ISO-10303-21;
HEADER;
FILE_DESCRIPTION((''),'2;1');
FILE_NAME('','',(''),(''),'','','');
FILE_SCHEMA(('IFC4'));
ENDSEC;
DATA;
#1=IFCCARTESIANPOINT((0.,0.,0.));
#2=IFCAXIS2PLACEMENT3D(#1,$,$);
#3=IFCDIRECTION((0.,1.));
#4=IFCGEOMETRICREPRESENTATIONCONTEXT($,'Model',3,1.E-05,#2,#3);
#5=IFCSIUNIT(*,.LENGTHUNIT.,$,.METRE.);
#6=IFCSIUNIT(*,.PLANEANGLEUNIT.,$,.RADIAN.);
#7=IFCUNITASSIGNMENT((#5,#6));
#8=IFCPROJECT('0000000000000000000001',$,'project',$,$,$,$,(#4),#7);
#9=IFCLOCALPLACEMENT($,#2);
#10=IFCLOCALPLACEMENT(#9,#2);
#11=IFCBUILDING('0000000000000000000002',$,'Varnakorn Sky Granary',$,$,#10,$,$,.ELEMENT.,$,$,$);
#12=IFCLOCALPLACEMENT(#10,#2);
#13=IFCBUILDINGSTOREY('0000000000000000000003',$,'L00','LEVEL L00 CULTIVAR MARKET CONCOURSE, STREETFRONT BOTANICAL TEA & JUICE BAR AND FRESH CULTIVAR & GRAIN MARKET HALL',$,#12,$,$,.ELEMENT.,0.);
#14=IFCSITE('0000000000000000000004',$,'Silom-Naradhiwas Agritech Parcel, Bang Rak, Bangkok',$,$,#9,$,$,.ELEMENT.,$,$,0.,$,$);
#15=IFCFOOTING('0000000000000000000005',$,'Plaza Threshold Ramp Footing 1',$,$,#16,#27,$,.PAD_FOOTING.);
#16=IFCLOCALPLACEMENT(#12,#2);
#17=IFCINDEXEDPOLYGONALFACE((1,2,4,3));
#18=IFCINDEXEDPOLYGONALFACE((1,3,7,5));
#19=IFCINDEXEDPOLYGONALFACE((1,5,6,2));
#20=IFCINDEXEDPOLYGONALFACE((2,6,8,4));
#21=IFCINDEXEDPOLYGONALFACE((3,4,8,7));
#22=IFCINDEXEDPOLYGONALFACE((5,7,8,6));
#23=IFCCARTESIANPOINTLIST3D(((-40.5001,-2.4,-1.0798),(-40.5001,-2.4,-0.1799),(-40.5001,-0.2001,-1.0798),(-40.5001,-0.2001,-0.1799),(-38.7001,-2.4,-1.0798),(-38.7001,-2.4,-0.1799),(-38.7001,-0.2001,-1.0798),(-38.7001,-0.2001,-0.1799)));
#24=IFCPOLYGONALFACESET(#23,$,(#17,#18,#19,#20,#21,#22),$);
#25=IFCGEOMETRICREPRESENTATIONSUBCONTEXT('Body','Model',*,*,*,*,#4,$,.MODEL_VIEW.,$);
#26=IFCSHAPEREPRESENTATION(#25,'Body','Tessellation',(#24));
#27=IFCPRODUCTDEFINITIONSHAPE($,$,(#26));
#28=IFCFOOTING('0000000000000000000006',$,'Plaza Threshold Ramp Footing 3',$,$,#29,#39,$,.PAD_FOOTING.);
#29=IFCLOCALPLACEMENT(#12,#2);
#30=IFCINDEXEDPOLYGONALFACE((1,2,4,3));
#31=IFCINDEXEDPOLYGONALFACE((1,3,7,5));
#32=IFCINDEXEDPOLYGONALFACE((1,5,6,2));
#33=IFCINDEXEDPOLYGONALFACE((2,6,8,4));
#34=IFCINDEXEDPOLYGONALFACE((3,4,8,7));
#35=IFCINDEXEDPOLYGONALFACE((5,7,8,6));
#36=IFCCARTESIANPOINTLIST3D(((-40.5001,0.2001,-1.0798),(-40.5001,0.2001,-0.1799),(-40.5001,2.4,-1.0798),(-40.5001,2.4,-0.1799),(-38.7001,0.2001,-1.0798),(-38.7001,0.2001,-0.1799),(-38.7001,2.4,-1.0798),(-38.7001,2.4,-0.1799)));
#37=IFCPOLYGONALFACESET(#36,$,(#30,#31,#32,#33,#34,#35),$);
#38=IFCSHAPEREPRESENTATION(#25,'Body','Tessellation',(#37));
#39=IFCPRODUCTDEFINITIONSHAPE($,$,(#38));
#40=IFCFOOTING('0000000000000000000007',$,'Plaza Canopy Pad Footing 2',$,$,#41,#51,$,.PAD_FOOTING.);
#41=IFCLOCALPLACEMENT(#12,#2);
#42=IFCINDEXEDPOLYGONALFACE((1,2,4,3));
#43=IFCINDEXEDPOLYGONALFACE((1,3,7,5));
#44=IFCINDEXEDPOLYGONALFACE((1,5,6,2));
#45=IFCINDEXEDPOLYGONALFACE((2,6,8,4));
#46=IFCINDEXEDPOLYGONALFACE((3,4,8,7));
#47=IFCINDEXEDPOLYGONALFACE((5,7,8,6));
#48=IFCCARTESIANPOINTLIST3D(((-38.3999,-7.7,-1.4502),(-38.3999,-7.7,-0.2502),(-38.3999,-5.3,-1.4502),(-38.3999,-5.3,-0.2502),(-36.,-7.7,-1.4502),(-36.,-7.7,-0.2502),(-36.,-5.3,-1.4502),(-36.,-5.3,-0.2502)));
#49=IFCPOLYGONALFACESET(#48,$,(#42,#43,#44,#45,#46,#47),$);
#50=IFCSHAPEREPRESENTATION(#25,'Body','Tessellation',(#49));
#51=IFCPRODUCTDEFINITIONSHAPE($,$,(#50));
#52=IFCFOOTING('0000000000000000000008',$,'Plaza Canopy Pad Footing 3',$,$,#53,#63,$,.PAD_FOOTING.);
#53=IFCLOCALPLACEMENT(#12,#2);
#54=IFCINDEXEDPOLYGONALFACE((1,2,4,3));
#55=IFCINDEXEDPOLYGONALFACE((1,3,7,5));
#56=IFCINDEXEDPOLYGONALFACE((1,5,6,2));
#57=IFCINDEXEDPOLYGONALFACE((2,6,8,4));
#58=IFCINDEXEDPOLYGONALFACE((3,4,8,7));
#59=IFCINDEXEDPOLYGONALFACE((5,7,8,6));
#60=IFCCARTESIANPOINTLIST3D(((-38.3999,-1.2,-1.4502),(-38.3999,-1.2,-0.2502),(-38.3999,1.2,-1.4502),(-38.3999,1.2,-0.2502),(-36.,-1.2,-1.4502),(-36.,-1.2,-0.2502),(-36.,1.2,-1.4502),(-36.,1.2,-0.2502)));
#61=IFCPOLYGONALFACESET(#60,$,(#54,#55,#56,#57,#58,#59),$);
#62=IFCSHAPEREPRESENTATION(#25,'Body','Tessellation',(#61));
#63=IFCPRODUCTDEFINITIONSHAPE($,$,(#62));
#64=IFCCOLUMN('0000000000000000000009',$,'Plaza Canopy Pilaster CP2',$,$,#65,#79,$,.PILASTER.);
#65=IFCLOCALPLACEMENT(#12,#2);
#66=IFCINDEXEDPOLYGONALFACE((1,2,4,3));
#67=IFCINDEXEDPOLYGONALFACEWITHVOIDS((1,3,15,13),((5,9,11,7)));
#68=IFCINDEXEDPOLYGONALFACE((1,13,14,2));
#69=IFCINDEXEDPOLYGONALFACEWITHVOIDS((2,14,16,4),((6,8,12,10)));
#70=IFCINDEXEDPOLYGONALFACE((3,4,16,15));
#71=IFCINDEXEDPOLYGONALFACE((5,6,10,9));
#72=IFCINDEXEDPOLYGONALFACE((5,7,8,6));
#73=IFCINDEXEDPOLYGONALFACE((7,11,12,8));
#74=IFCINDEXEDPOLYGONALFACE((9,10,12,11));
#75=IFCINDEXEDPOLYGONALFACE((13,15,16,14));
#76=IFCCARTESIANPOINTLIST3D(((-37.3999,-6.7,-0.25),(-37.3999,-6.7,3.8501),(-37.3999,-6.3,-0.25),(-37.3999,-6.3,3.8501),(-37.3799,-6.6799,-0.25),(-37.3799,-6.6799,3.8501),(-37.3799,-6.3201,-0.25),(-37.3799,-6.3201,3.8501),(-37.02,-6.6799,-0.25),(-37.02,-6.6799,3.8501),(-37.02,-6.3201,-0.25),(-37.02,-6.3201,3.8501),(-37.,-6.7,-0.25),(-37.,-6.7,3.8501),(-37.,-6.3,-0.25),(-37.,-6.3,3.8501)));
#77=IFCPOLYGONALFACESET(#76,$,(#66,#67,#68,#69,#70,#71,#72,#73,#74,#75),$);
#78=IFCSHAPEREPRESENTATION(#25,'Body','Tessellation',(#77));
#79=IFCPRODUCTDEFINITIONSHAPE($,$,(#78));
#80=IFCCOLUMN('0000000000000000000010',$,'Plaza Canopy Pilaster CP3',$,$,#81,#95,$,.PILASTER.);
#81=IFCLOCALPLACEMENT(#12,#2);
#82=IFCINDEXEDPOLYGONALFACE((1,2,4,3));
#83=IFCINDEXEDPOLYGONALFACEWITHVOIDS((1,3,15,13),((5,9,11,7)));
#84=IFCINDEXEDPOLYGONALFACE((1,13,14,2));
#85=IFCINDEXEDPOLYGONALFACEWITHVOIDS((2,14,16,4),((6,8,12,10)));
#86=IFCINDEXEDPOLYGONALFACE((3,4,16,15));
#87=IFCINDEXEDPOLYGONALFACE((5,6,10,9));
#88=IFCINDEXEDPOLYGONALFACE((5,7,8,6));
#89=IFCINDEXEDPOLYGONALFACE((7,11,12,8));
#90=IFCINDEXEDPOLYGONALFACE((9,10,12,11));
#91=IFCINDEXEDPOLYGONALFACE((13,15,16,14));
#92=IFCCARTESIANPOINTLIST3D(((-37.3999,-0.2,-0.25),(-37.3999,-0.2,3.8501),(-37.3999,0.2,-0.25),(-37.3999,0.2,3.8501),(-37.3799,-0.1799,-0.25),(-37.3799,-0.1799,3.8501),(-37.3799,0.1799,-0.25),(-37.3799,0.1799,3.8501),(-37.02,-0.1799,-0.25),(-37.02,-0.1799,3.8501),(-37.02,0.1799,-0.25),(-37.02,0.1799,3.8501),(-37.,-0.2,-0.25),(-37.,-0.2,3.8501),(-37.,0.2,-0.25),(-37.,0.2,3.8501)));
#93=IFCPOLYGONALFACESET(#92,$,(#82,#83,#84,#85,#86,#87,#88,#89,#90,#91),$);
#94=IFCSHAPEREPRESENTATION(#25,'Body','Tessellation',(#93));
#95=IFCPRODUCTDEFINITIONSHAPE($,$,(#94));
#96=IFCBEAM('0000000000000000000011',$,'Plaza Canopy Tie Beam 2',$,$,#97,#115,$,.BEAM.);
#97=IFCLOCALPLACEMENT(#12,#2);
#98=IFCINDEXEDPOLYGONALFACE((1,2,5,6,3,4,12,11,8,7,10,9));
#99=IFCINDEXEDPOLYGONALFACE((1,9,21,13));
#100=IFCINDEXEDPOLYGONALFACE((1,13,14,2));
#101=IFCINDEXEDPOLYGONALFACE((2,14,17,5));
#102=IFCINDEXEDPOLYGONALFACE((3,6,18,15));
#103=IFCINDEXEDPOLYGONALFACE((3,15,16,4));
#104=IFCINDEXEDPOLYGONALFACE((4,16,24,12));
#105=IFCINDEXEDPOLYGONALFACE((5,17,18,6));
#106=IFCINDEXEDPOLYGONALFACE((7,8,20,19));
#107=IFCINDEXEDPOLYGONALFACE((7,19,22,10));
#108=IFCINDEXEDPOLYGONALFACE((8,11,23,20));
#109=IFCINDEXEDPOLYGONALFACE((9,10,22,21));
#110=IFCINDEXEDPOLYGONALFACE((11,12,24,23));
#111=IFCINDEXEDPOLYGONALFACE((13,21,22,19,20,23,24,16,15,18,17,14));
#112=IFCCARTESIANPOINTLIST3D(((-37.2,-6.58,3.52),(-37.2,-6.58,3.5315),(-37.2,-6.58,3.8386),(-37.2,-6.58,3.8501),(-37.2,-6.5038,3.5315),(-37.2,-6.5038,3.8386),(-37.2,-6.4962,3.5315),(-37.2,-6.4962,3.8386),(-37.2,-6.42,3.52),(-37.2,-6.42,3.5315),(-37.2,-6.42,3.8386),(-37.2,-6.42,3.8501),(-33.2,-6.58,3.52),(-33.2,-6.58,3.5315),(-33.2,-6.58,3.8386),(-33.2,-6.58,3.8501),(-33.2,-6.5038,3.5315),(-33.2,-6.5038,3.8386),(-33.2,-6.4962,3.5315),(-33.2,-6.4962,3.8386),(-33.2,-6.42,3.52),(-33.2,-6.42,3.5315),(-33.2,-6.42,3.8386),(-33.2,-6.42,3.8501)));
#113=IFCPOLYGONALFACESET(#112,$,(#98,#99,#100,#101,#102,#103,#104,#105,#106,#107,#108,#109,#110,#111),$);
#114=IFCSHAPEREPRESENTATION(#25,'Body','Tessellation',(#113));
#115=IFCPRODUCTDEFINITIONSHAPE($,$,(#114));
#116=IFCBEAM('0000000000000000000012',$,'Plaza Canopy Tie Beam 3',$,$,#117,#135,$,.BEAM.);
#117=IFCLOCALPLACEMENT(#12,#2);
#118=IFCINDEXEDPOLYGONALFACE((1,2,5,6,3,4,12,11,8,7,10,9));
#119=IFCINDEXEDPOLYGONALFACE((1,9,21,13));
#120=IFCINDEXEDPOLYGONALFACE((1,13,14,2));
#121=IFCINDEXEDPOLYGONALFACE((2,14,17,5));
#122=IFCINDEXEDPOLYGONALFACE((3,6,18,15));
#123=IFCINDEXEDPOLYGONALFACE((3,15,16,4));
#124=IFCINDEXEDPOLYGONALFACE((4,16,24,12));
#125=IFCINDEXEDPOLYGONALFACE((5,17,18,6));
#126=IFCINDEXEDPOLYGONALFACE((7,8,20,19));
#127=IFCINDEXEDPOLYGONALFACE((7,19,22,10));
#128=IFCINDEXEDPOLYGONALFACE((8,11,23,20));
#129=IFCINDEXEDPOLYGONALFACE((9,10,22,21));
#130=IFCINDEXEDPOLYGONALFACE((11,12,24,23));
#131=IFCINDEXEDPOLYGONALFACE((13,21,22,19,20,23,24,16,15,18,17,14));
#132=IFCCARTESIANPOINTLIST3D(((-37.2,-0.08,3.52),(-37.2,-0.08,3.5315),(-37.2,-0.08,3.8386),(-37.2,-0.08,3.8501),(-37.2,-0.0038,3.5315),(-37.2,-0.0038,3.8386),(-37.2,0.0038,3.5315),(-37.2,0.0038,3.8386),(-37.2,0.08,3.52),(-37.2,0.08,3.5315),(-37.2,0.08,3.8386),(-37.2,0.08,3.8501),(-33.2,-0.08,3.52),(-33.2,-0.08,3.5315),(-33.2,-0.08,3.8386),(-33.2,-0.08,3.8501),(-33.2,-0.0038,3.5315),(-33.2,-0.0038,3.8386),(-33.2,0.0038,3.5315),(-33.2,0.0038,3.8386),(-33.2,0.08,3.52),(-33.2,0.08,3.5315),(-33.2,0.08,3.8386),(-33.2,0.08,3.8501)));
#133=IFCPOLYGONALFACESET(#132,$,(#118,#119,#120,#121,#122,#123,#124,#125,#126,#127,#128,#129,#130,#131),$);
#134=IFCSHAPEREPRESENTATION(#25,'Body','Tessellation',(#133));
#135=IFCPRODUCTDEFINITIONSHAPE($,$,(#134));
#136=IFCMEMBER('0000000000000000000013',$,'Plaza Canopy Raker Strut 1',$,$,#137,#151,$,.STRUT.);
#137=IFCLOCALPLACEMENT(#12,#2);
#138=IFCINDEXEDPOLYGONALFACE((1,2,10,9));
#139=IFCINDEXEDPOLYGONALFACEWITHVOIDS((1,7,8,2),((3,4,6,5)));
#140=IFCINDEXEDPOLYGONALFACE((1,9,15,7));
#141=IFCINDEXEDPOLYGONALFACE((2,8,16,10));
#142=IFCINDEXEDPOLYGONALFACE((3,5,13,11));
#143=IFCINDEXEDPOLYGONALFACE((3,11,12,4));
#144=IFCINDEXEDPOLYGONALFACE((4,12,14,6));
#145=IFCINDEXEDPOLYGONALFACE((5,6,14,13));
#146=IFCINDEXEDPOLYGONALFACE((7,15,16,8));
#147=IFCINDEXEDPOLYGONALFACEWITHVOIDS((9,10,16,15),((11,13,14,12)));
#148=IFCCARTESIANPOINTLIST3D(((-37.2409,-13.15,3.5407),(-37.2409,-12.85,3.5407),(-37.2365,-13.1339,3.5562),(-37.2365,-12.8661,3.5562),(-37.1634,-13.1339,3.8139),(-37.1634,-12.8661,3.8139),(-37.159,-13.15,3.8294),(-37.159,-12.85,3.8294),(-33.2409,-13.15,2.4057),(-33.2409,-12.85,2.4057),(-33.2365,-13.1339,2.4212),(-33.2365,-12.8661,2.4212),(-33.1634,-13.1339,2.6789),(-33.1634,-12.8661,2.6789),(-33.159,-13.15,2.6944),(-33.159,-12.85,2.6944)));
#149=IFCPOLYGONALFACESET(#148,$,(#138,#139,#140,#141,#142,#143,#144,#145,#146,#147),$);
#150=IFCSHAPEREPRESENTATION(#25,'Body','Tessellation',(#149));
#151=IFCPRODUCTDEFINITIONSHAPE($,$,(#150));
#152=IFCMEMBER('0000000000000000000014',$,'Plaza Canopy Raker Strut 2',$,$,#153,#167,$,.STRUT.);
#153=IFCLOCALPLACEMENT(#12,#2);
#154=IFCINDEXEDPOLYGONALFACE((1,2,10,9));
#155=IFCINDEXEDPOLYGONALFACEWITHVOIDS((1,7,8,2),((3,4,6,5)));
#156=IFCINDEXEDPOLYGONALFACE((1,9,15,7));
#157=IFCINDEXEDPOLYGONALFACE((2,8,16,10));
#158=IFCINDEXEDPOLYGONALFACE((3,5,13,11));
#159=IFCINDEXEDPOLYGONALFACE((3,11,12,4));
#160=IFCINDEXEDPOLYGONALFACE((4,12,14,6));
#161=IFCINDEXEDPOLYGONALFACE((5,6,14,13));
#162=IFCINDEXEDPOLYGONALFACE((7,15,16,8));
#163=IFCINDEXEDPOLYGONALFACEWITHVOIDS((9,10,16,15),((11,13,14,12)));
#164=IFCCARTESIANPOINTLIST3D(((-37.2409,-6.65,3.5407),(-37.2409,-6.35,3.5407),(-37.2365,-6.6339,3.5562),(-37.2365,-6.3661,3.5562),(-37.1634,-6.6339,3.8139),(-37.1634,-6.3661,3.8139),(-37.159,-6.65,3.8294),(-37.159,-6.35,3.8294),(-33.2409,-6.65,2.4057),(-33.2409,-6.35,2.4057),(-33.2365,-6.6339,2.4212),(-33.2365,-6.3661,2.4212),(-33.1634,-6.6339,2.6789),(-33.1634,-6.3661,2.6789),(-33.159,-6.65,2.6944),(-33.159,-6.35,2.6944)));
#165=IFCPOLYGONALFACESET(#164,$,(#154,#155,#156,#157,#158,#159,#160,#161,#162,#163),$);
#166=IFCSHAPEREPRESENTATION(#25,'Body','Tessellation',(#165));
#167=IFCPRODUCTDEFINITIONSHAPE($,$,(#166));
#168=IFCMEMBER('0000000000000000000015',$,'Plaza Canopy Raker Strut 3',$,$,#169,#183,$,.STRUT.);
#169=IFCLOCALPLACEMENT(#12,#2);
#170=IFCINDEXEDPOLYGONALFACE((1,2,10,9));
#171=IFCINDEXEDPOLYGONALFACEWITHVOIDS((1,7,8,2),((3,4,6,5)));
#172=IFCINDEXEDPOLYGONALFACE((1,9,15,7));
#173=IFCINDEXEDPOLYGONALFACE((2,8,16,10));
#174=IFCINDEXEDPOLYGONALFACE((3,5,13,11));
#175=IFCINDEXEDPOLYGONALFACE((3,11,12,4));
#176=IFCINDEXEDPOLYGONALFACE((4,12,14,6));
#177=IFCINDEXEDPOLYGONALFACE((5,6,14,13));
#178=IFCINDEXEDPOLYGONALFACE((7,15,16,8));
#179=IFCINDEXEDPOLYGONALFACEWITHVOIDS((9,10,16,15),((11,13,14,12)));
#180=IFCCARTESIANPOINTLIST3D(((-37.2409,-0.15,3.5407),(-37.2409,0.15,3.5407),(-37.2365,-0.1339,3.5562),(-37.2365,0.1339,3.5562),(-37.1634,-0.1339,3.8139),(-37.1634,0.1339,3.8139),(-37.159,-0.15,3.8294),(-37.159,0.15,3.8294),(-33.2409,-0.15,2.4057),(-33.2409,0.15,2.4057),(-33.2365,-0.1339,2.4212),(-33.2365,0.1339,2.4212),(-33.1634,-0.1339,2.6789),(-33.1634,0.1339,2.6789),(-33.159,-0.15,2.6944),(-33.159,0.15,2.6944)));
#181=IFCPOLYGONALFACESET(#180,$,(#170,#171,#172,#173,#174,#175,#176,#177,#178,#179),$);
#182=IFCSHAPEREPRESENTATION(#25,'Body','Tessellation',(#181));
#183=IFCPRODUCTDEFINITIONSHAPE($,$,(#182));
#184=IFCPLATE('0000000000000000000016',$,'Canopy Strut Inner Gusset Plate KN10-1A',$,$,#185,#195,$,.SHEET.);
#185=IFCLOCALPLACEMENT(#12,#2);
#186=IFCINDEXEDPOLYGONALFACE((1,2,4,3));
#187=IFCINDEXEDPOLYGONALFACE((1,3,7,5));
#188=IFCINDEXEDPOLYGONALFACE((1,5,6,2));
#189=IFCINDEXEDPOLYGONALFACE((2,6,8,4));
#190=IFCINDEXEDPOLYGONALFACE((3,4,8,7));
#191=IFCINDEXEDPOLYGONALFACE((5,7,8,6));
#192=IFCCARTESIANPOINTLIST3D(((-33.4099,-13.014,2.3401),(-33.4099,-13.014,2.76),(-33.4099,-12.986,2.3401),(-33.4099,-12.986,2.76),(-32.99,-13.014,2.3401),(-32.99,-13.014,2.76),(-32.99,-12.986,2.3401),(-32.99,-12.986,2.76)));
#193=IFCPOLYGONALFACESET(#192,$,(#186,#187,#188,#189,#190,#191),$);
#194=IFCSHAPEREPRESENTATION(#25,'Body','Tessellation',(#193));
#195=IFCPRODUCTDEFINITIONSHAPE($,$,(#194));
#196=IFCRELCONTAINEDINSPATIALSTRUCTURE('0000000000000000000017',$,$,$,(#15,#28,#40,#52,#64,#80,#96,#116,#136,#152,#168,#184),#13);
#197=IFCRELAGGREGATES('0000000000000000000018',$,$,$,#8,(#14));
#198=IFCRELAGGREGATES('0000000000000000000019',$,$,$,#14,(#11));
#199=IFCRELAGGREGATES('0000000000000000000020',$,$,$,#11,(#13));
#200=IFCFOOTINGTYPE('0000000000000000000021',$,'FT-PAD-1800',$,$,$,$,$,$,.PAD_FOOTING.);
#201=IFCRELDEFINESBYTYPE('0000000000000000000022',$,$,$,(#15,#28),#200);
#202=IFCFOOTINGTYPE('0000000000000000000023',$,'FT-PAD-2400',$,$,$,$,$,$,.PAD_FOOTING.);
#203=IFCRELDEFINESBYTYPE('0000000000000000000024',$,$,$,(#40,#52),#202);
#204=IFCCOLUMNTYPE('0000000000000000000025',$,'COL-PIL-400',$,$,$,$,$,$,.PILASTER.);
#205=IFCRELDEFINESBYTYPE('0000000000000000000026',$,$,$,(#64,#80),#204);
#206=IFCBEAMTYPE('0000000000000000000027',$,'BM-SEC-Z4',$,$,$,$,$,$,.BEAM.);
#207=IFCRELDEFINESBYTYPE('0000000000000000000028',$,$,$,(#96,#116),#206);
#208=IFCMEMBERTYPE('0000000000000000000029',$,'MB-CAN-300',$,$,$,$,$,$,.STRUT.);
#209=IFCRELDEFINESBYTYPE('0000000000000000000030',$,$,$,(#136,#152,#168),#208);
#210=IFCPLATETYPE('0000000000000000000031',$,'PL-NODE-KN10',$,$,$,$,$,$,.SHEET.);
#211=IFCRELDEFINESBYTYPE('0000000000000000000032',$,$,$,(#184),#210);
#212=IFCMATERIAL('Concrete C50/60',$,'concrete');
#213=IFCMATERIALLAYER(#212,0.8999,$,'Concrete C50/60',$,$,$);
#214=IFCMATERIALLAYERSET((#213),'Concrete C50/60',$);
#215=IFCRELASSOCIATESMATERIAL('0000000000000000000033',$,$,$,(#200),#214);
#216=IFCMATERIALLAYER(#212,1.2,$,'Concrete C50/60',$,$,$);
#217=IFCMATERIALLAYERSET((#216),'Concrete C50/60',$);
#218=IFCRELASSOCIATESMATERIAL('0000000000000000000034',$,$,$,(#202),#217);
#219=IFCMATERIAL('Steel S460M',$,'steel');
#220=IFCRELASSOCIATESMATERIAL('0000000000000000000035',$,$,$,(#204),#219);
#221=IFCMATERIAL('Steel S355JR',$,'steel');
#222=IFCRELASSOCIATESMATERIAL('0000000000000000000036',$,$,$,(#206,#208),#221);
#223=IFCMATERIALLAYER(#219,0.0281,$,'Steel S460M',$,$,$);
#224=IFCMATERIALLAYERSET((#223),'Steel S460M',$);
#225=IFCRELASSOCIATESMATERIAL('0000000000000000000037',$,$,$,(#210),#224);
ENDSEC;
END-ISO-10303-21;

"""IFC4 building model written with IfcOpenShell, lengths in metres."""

from ifc_helpers import new_model, si_unit, direction, frame, origin, origin_2d, place, context, subcontext, project, spatial, rectangle, hollow_rectangle, i_section, extrude, material, layer, layer_set, material_profile, profile_set, type_object, element, save


model = new_model("IFC4")

# Units and contexts
model_context = context("Model", 3, precision=1e-05, world=origin(), true_north=direction((0.0, 1.0)))
body_context = subcontext(model_context, "Body", "Model", "MODEL_VIEW")
ifc_project = project(units=[si_unit("LENGTHUNIT", "METRE"), si_unit("PLANEANGLEUNIT", "RADIAN")], contexts=[model_context])

# Site, building, storey
site_placement = place(None, origin())
site = spatial("IfcSite", under=ifc_project, at=site_placement, Name="Silom-Naradhiwas Agritech Parcel, Bang Rak, Bangkok", CompositionType="ELEMENT", RefElevation=0.0)
building_placement = place(site_placement, origin())
building = spatial("IfcBuilding", under=site, at=building_placement, Name="Varnakorn Sky Granary", CompositionType="ELEMENT")
storey_placement = place(building_placement, origin())
storey = spatial("IfcBuildingStorey", under=building, at=storey_placement, Name="L00", Description="LEVEL L00 CULTIVAR MARKET CONCOURSE, STREETFRONT BOTANICAL TEA & JUICE BAR AND FRESH CULTIVAR & GRAIN MARKET HALL", CompositionType="ELEMENT", Elevation=0.0)

# Footings
ifc_material_1 = material(Name="Concrete C50/60", Category="concrete")
ifc_layer_1 = layer(ifc_material_1, 0.8999, Name="Concrete C50/60")
ifc_layer_set_1 = layer_set([ifc_layer_1], Name="Concrete C50/60")
footing_type_1 = type_object("IfcFootingType", Name="FT-PAD-1800", PredefinedType="PAD_FOOTING", material=ifc_layer_set_1)
for number, where, z_axis, x_axis, name in (
    (1, (-39.6001, -1.3, -1.0798), (0.0, 0.0, 1.0), (1.0, 0.0, 0.0), "Plaza Threshold Ramp Footing 1"),
    (2, (-39.6001, 1.3, -1.0798), (0.0, 0.0, 1.0), (1.0, 0.0, 0.0), "Plaza Threshold Ramp Footing 3"),
):
    element("IfcFooting", number, at=place(storey_placement, frame(where, z_axis=z_axis, x_axis=x_axis)), inside=storey, type_object=footing_type_1, Name=name, PredefinedType="PAD_FOOTING", context=body_context, shape_type="SweptSolid", body=[
        extrude(rectangle(XDim=1.8, YDim=2.2, at=origin_2d()), origin(), (0.0, 0.0, 1.0), 0.8999),
    ])
ifc_layer_2 = layer(ifc_material_1, 1.2, Name="Concrete C50/60")
ifc_layer_set_2 = layer_set([ifc_layer_2], Name="Concrete C50/60")
footing_type_2 = type_object("IfcFootingType", Name="FT-PAD-2400", PredefinedType="PAD_FOOTING", material=ifc_layer_set_2)
for number, where, z_axis, x_axis, name in (
    (3, (-37.2, -6.5, -1.4502), (0.0, 0.0, 1.0), (1.0, 0.0, 0.0), "Plaza Canopy Pad Footing 2"),
    (4, (-37.2, 0.0, -1.4502), (0.0, 0.0, 1.0), (1.0, 0.0, 0.0), "Plaza Canopy Pad Footing 3"),
):
    element("IfcFooting", number, at=place(storey_placement, frame(where, z_axis=z_axis, x_axis=x_axis)), inside=storey, type_object=footing_type_2, Name=name, PredefinedType="PAD_FOOTING", context=body_context, shape_type="SweptSolid", body=[
        extrude(rectangle(XDim=2.3999, YDim=2.3999, at=origin_2d()), origin(), (0.0, 0.0, 1.0), 1.2),
    ])

# Columns
ifc_material_2 = material(Name="Steel S460M", Category="steel")
ifc_material_profile_1 = material_profile(ifc_material_2, hollow_rectangle(XDim=0.3999, YDim=0.3999, WallThickness=0.02, at=origin_2d()), Name="SHS 400x400x20")
ifc_profile_set_1 = profile_set([ifc_material_profile_1], Name="Steel S460M")
column_type = type_object("IfcColumnType", Name="COL-PIL-400", PredefinedType="PILASTER", material=ifc_profile_set_1)
for number, where, z_axis, x_axis, name in (
    (5, (-37.2, -6.5, -0.25), (0.0, 0.0, 1.0), (1.0, 0.0, 0.0), "Plaza Canopy Pilaster CP2"),
    (6, (-37.2, 0.0, -0.25), (0.0, 0.0, 1.0), (1.0, 0.0, 0.0), "Plaza Canopy Pilaster CP3"),
):
    element("IfcColumn", number, at=place(storey_placement, frame(where, z_axis=z_axis, x_axis=x_axis)), inside=storey, type_object=column_type, Name=name, PredefinedType="PILASTER", context=body_context, shape_type="SweptSolid", body=[
        extrude(hollow_rectangle(XDim=0.3999, YDim=0.3999, WallThickness=0.02, at=origin_2d()), origin(), (0.0, 0.0, 1.0), 4.1001),
    ])

# Beams
ifc_material_3 = material(Name="Steel S355JR", Category="steel")
ifc_material_profile_2 = material_profile(ifc_material_3, i_section(OverallWidth=0.1599, OverallDepth=0.3301, WebThickness=0.0076, FlangeThickness=0.0115, at=origin_2d()), Name="IPE 330")
ifc_profile_set_2 = profile_set([ifc_material_profile_2], Name="Steel S355JR")
beam_type = type_object("IfcBeamType", Name="BM-SEC-Z4", PredefinedType="BEAM", material=ifc_profile_set_2)
for number, where, z_axis, x_axis, name in (
    (7, (-37.2, -6.5, 3.6851), (1.0, 0.0, 0.0), (0.0, 1.0, 0.0), "Plaza Canopy Tie Beam 2"),
    (8, (-37.2, 0.0, 3.6851), (1.0, 0.0, 0.0), (0.0, 1.0, 0.0), "Plaza Canopy Tie Beam 3"),
):
    element("IfcBeam", number, at=place(storey_placement, frame(where, z_axis=z_axis, x_axis=x_axis)), inside=storey, type_object=beam_type, Name=name, PredefinedType="BEAM", context=body_context, shape_type="SweptSolid", body=[
        extrude(i_section(OverallWidth=0.1599, OverallDepth=0.3301, WebThickness=0.0076, FlangeThickness=0.0115, at=origin_2d()), origin(), (0.0, 0.0, 1.0), 4.0),
    ])

# Members
ifc_material_profile_3 = material_profile(ifc_material_3, hollow_rectangle(XDim=0.3, YDim=0.3, WallThickness=0.0161, at=origin_2d()), Name="SHS 300x300x16")
ifc_profile_set_3 = profile_set([ifc_material_profile_3], Name="Steel S355JR")
member_type = type_object("IfcMemberType", Name="MB-CAN-300", PredefinedType="STRUT", material=ifc_profile_set_3)
for number, where, z_axis, x_axis, name in (
    (9, (-33.2, -13.0, 2.55), (-0.962021, 0.0, 0.272976), (0.0, -1.0, 0.0), "Plaza Canopy Raker Strut 1"),
    (10, (-33.2, -6.5, 2.55), (-0.962021, 0.0, 0.272976), (0.0, -1.0, 0.0), "Plaza Canopy Raker Strut 2"),
    (11, (-33.2, 0.0, 2.55), (-0.962021, 0.0, 0.272976), (0.0, -1.0, 0.0), "Plaza Canopy Raker Strut 3"),
):
    element("IfcMember", number, at=place(storey_placement, frame(where, z_axis=z_axis, x_axis=x_axis)), inside=storey, type_object=member_type, Name=name, PredefinedType="STRUT", context=body_context, shape_type="SweptSolid", body=[
        extrude(hollow_rectangle(XDim=0.3, YDim=0.3, WallThickness=0.0161, at=origin_2d()), origin(), (0.0, 0.0, 1.0), 4.158),
    ])

# Plate
ifc_layer_3 = layer(ifc_material_2, 0.0281, Name="Steel S460M")
ifc_layer_set_3 = layer_set([ifc_layer_3], Name="Steel S460M")
plate_type = type_object("IfcPlateType", Name="PL-NODE-KN10", PredefinedType="SHEET", material=ifc_layer_set_3)
for number, where, z_axis, x_axis, name in (
    (12, (-33.2, -13.0, 2.3401), (0.0, 0.0, 1.0), (1.0, 0.0, 0.0), "Canopy Strut Inner Gusset Plate KN10-1A"),
):
    element("IfcPlate", number, at=place(storey_placement, frame(where, z_axis=z_axis, x_axis=x_axis)), inside=storey, type_object=plate_type, Name=name, PredefinedType="SHEET", context=body_context, shape_type="SweptSolid", body=[
        extrude(rectangle(XDim=0.4199, YDim=0.0281, at=origin_2d()), origin(), (0.0, 0.0, 1.0), 0.4199),
    ])

save(model, "model.ifc")
